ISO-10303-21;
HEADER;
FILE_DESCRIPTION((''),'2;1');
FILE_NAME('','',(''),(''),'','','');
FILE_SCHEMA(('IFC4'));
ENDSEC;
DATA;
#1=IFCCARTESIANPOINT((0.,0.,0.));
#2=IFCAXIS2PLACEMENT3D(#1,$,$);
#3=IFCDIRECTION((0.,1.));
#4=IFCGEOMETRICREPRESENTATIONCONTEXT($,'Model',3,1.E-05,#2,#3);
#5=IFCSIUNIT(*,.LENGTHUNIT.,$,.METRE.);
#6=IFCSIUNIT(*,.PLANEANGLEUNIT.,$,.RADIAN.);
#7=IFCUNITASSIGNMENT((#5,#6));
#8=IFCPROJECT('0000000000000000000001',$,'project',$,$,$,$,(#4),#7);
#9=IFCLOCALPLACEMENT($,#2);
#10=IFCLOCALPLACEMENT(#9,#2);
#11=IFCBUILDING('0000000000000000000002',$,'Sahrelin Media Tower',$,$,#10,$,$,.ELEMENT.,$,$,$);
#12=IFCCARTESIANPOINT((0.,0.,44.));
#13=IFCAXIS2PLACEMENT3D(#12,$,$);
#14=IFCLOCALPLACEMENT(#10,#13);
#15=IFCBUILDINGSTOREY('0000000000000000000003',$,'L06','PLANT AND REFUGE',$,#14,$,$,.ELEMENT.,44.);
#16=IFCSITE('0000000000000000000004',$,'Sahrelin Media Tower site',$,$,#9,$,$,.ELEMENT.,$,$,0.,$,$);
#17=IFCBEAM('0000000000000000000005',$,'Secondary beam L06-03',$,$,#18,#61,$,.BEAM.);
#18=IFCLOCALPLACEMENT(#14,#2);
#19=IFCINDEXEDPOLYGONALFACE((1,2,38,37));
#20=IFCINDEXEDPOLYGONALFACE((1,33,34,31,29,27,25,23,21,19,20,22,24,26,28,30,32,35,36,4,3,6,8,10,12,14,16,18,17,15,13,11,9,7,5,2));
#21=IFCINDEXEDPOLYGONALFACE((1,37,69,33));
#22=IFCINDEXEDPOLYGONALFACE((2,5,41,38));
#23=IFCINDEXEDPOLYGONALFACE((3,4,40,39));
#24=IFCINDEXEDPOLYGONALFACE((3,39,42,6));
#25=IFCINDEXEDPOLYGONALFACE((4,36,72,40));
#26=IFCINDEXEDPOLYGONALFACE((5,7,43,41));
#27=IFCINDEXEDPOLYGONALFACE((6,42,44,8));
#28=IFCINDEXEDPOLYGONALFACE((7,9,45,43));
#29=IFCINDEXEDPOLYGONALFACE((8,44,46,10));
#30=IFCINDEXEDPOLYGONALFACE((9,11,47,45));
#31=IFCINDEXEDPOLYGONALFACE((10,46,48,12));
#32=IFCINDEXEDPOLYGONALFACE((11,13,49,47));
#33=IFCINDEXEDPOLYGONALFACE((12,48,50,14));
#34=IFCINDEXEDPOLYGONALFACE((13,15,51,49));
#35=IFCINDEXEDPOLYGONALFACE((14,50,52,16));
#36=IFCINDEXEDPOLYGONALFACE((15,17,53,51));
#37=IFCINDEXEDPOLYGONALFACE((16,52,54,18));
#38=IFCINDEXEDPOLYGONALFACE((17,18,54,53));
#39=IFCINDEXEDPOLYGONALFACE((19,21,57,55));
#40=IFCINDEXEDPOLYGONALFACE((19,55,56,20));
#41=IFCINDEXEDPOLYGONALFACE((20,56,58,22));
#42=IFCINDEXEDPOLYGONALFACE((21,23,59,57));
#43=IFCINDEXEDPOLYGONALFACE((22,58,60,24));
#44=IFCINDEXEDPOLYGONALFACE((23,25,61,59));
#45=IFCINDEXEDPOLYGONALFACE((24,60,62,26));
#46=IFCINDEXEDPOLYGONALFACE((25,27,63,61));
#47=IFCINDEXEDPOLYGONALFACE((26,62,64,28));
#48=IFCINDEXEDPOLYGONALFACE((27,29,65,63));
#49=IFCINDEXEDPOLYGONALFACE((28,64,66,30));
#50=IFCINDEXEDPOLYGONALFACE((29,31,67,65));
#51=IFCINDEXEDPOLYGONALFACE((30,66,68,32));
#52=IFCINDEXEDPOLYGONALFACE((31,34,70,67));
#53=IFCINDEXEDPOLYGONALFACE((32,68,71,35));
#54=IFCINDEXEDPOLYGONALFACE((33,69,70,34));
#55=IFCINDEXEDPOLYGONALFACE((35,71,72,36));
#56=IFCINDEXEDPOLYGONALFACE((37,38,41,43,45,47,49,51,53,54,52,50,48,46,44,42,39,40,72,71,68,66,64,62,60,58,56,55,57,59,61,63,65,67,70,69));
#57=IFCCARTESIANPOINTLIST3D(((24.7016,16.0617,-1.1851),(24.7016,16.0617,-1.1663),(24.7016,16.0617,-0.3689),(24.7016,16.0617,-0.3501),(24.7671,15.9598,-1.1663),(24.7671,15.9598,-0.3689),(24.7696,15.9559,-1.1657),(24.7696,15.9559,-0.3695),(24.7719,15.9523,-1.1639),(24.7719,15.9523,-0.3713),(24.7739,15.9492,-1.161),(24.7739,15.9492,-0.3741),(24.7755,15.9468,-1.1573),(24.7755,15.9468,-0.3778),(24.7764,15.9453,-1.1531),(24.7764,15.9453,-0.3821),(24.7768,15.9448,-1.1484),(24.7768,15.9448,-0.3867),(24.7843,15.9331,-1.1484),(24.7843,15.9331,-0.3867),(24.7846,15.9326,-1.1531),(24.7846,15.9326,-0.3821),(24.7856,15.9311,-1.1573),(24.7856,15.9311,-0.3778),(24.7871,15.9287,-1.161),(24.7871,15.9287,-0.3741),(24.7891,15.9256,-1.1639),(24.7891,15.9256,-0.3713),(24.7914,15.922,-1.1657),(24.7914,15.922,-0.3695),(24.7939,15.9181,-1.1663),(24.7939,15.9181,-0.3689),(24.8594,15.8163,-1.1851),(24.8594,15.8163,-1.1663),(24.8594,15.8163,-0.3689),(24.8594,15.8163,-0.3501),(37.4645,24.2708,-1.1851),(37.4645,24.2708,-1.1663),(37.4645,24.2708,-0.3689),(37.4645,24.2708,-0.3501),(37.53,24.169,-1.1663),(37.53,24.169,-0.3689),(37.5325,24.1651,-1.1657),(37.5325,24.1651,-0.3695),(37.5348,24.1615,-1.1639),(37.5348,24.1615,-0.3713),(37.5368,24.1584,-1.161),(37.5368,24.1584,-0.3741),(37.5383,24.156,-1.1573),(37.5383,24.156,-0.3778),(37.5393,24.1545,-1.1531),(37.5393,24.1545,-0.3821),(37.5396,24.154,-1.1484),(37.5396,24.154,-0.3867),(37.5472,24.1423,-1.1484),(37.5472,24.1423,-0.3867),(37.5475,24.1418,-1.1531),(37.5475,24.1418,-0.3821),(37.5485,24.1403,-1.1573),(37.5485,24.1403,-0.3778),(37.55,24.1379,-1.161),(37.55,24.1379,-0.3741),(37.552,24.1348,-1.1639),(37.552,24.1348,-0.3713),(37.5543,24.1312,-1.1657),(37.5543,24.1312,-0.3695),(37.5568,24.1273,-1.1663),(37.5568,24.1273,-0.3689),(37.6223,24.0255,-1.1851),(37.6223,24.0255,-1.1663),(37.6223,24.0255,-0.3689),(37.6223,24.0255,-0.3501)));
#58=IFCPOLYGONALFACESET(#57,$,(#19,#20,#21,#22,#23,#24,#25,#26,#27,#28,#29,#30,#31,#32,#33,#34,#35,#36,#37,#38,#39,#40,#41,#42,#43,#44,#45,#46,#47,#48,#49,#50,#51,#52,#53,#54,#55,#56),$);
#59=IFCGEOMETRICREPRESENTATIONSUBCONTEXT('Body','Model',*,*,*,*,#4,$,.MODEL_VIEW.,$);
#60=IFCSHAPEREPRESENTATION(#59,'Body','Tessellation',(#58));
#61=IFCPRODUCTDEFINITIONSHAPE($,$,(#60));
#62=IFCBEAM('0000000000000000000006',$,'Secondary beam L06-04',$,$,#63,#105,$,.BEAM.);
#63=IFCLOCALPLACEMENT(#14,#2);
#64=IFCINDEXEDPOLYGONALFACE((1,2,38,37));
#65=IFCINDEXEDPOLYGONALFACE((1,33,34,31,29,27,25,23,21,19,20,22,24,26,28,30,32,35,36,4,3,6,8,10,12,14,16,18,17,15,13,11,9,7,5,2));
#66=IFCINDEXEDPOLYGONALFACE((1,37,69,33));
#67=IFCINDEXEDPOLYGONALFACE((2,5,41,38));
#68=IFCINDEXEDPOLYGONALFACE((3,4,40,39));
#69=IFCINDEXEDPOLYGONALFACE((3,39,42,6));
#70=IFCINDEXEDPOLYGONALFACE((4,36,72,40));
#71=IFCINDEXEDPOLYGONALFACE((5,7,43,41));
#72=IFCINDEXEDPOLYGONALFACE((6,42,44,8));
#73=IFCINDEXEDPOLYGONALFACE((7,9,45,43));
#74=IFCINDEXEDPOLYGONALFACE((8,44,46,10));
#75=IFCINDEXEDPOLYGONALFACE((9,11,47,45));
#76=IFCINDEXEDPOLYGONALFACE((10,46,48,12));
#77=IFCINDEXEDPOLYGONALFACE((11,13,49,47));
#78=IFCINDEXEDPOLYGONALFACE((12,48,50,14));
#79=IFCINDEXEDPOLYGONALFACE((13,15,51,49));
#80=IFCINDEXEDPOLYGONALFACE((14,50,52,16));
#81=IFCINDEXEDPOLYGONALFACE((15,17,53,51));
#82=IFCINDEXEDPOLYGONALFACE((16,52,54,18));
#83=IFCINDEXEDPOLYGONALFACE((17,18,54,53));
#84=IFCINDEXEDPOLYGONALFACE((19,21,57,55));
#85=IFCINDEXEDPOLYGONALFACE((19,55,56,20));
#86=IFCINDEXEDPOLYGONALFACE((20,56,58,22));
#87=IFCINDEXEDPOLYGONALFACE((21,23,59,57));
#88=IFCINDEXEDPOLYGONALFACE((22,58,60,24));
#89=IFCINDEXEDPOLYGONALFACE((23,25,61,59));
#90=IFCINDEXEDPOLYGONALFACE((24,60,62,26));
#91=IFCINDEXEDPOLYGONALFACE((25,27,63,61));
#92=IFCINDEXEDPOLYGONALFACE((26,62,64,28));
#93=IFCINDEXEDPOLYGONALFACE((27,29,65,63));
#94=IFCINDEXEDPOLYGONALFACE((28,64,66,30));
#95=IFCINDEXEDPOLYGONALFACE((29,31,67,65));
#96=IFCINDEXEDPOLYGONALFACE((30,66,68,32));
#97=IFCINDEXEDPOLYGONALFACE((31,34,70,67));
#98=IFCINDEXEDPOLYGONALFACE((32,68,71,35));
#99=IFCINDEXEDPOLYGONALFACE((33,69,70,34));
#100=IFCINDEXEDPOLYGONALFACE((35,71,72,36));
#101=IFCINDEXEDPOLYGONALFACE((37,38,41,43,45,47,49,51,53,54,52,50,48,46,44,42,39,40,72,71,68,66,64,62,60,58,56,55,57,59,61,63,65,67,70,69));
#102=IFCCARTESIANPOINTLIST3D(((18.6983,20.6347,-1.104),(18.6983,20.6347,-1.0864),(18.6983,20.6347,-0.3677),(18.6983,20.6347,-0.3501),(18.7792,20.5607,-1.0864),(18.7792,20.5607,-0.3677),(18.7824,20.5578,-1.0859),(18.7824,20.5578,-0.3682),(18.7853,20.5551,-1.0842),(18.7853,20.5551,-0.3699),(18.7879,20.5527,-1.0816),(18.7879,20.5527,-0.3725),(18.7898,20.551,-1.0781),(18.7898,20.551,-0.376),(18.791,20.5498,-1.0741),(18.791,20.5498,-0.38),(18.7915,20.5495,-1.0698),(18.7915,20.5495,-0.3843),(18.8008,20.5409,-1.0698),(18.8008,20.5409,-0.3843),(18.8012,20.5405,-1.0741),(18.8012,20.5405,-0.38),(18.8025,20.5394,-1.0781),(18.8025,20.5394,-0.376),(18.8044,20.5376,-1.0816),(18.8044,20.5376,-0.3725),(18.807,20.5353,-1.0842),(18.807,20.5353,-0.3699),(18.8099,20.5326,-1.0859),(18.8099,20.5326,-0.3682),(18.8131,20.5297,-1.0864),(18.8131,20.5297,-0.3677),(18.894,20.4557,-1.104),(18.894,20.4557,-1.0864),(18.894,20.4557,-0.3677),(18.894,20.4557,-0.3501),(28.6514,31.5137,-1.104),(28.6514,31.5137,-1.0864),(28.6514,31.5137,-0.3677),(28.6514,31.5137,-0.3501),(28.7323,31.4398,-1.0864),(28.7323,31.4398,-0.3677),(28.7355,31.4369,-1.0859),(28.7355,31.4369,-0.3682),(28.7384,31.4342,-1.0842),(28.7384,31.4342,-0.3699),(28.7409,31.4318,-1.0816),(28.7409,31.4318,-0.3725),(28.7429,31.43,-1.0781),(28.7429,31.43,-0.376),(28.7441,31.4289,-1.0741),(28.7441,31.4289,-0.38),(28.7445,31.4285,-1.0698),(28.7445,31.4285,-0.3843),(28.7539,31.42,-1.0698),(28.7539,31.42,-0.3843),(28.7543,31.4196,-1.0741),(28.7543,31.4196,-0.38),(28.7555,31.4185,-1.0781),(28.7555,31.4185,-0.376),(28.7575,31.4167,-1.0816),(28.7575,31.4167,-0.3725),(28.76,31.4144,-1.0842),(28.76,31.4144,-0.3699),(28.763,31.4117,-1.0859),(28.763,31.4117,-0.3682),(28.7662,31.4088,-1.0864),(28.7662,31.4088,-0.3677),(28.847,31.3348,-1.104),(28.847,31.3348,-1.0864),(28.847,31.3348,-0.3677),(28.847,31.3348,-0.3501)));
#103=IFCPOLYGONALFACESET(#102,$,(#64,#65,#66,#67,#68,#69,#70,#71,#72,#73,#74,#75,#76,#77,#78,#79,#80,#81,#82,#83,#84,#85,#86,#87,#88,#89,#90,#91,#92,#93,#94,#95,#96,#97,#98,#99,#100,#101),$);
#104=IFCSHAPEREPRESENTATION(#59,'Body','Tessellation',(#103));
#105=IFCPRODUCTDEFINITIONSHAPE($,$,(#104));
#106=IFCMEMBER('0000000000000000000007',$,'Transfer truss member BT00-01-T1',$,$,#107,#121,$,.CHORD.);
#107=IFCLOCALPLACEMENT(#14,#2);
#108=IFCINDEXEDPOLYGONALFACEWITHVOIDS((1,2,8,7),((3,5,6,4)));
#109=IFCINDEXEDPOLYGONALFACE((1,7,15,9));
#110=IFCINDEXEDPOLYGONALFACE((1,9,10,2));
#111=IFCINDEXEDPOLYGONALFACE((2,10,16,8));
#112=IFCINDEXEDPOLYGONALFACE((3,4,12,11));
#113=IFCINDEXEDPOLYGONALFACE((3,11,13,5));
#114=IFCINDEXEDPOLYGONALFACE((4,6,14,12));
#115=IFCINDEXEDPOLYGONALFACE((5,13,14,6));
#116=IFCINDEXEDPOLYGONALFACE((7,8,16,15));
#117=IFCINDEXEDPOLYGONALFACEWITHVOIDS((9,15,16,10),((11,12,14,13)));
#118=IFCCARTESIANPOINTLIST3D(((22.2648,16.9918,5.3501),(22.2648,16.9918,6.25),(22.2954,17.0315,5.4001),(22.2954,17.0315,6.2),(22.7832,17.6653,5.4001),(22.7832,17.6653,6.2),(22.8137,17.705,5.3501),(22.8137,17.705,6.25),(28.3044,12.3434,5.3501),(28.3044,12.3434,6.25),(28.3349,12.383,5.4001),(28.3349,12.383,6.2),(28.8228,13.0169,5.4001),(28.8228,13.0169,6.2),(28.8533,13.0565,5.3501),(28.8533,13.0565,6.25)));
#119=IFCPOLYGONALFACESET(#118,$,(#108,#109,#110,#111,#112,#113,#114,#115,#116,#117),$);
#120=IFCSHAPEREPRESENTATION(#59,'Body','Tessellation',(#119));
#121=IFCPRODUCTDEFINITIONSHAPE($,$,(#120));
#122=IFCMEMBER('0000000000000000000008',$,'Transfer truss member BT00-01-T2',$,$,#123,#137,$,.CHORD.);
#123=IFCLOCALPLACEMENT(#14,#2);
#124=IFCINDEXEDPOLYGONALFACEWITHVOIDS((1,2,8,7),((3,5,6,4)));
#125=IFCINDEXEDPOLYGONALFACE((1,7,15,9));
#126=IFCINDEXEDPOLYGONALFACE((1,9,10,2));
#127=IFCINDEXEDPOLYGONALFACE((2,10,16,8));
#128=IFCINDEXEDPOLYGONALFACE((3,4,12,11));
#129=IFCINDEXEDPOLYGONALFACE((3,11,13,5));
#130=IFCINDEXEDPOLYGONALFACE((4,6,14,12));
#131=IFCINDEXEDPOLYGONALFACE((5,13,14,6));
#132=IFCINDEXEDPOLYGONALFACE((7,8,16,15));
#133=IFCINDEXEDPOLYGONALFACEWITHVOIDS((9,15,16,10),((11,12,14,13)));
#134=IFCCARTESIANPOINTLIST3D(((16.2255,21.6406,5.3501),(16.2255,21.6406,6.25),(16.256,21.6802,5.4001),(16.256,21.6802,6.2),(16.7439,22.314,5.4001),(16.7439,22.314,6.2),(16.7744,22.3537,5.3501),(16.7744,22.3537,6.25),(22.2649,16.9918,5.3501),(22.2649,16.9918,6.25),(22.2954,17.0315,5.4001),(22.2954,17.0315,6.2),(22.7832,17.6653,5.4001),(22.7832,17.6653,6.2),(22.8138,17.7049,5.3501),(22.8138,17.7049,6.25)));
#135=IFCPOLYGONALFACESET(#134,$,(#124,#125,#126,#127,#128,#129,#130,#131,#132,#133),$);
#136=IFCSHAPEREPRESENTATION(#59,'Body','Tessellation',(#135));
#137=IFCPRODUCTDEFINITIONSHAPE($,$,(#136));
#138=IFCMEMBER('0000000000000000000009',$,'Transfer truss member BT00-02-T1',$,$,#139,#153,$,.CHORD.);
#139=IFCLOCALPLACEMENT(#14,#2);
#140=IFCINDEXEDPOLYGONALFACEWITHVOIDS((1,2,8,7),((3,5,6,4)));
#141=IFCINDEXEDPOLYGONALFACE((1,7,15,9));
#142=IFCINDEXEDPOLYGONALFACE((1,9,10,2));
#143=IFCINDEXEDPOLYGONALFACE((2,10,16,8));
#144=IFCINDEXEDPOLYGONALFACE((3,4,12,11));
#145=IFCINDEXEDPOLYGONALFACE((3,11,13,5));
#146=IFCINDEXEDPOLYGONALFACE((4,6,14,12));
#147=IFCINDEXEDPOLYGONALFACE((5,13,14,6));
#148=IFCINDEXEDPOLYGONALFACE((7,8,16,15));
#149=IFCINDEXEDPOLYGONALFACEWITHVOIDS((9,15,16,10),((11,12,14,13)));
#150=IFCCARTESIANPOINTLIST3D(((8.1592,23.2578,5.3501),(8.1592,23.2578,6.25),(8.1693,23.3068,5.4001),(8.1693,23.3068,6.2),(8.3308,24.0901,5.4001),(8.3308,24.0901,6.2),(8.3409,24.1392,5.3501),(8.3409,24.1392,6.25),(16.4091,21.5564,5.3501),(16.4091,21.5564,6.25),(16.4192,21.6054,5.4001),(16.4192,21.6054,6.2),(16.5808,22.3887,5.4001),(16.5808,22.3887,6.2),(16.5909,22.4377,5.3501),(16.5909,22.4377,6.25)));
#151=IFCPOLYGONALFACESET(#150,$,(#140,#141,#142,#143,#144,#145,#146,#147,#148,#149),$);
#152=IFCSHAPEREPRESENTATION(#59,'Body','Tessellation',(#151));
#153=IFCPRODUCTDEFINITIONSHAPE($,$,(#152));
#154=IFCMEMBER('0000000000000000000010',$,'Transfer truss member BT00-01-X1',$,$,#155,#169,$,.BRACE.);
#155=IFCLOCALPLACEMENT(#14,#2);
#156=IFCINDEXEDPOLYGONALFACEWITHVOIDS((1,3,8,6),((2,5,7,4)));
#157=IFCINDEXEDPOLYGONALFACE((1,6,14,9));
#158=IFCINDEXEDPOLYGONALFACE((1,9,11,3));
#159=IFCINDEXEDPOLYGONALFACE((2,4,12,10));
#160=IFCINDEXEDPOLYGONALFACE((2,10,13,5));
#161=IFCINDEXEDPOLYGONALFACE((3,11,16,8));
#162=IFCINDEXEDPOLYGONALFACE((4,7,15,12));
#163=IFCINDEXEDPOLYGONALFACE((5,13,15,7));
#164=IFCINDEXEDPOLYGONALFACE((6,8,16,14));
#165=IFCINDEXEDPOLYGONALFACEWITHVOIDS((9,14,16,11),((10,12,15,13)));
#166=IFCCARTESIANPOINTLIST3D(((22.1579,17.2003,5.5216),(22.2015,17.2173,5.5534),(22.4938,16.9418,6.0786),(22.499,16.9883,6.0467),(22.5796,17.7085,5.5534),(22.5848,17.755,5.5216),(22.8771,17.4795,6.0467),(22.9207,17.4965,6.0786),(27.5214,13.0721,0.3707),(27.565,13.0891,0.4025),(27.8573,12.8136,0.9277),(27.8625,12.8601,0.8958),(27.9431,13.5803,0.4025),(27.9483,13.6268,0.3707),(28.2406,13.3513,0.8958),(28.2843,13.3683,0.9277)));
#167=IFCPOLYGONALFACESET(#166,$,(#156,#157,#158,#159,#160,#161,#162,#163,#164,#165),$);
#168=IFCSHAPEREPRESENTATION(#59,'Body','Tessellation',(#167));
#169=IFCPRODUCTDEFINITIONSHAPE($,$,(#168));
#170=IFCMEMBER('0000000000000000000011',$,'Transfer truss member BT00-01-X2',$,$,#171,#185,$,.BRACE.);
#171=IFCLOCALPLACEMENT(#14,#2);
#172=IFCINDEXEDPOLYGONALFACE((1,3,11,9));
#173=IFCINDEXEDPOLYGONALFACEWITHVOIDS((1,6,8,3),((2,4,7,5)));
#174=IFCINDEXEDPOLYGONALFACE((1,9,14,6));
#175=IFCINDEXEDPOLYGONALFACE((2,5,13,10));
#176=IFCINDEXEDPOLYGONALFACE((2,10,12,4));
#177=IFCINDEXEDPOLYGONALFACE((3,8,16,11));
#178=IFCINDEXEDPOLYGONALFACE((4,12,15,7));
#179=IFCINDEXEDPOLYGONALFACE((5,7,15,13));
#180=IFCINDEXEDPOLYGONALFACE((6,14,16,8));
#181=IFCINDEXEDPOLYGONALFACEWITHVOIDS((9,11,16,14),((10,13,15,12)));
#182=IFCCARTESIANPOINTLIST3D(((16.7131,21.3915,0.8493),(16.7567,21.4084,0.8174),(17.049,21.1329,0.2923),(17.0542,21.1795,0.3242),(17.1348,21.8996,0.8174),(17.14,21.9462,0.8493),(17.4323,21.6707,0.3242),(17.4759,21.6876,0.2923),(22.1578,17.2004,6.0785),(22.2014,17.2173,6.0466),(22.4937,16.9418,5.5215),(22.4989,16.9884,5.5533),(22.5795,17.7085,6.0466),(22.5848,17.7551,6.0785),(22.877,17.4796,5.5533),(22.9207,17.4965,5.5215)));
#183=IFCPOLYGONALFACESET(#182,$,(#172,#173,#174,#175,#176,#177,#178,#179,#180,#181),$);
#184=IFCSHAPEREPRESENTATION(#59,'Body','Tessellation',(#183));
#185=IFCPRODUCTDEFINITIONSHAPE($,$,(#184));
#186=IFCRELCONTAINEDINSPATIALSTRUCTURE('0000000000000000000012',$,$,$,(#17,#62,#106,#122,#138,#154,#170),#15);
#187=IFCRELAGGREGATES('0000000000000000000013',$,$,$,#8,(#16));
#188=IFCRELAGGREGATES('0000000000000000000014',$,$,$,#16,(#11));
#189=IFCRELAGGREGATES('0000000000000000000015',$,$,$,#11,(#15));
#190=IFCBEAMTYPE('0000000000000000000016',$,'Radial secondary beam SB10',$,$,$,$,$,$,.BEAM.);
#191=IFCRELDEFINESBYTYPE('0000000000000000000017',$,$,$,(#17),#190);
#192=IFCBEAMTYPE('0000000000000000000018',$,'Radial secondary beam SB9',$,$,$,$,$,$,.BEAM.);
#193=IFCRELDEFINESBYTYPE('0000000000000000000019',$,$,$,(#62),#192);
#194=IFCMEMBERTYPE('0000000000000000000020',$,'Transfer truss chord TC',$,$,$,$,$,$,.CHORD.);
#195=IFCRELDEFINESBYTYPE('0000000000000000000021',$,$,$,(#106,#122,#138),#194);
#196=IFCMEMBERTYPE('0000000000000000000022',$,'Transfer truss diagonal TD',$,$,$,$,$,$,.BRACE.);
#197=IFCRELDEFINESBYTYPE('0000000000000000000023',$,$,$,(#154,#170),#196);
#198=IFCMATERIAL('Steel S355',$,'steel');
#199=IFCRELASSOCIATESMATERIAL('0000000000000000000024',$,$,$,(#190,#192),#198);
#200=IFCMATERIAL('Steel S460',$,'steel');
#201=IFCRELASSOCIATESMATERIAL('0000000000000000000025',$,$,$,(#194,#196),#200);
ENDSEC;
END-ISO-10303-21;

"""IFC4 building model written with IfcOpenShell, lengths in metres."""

from ifc_helpers import new_model, si_unit, direction, frame, origin, origin_2d, place, context, subcontext, project, spatial, hollow_rectangle, i_section, extrude, material, material_profile, profile_set, type_object, element, save


model = new_model("IFC4")

# Units and contexts
model_context = context("Model", 3, precision=1e-05, world=origin(), true_north=direction((0.0, 1.0)))
body_context = subcontext(model_context, "Body", "Model", "MODEL_VIEW")
ifc_project = project(units=[si_unit("LENGTHUNIT", "METRE"), si_unit("PLANEANGLEUNIT", "RADIAN")], contexts=[model_context])

# Site, building, storey
site_placement = place(None, origin())
site = spatial("IfcSite", under=ifc_project, at=site_placement, Name="Sahrelin Media Tower site", CompositionType="ELEMENT", RefElevation=0.0)
building_placement = place(site_placement, origin())
building = spatial("IfcBuilding", under=site, at=building_placement, Name="Sahrelin Media Tower", CompositionType="ELEMENT")
storey_placement = place(building_placement, frame((0.0, 0.0, 44.0)))
storey = spatial("IfcBuildingStorey", under=building, at=storey_placement, Name="L06", Description="PLANT AND REFUGE", CompositionType="ELEMENT", Elevation=44.0)

# Shared definitions
ifc_material_1 = material(Name="Steel S460", Category="steel")

# Beams
ifc_material_2 = material(Name="Steel S355", Category="steel")
ifc_material_profile_1 = material_profile(ifc_material_2, i_section(OverallWidth=0.2917, OverallDepth=0.835, WebThickness=0.0139, FlangeThickness=0.0188, FilletRadius=0.0178, at=origin_2d()), Name="UB 838x292x176")
ifc_profile_set_1 = profile_set([ifc_material_profile_1], Name="Steel S355")
beam_type_1 = type_object("IfcBeamType", Name="Radial secondary beam SB10", PredefinedType="BEAM", material=ifc_profile_set_1)
beam_1_placement = place(storey_placement, frame((24.7805, 15.939, -0.7676), z_axis=(0.841044, 0.540967, 0.0), x_axis=(-0.540967, 0.841044, 0.0)))
element("IfcBeam", 1, at=beam_1_placement, inside=storey, type_object=beam_type_1, Name="Secondary beam L06-03", PredefinedType="BEAM", context=body_context, shape_type="SweptSolid", body=[
    extrude(i_section(OverallWidth=0.2917, OverallDepth=0.835, WebThickness=0.0139, FlangeThickness=0.0188, FilletRadius=0.0178, at=origin_2d()), origin(), (0.0, 0.0, 1.0), 15.175),
])
ifc_material_profile_2 = material_profile(ifc_material_2, i_section(OverallWidth=0.2651, OverallDepth=0.7539, WebThickness=0.0127, FlangeThickness=0.0176, FilletRadius=0.0166, at=origin_2d()), Name="UB 762x267x147")
ifc_profile_set_2 = profile_set([ifc_material_profile_2], Name="Steel S355")
beam_type_2 = type_object("IfcBeamType", Name="Radial secondary beam SB9", PredefinedType="BEAM", material=ifc_profile_set_2)
beam_2_placement = place(storey_placement, frame((18.7961, 20.5452, -0.7271), z_axis=(0.675008, 0.73781, 0.0), x_axis=(-0.73781, 0.675008, 0.0)))
element("IfcBeam", 2, at=beam_2_placement, inside=storey, type_object=beam_type_2, Name="Secondary beam L06-04", PredefinedType="BEAM", context=body_context, shape_type="SweptSolid", body=[
    extrude(i_section(OverallWidth=0.2651, OverallDepth=0.7539, WebThickness=0.0127, FlangeThickness=0.0176, FilletRadius=0.0166, at=origin_2d()), origin(), (0.0, 0.0, 1.0), 14.7451),
])

# Members
ifc_material_profile_3 = material_profile(ifc_material_1, hollow_rectangle(XDim=0.8999, YDim=0.8999, WallThickness=0.05, at=origin_2d()), Name="Transfer truss chord TC")
ifc_profile_set_3 = profile_set([ifc_material_profile_3], Name="Steel S460")
member_type_1 = type_object("IfcMemberType", Name="Transfer truss chord TC", PredefinedType="CHORD", material=ifc_profile_set_3)
for number, where, z_axis, x_axis, name in (
    (3, (28.5789, 12.7, 5.8), (-0.792457, 0.609927, 0.0), (-0.609927, -0.792457, 0.0), "Transfer truss member BT00-01-T1"),
    (4, (22.5393, 17.3484, 5.8), (-0.79243, 0.609963, 0.0), (-0.609963, -0.79243, 0.0), "Transfer truss member BT00-01-T2"),
):
    element("IfcMember", number, at=place(storey_placement, frame(where, z_axis=z_axis, x_axis=x_axis)), inside=storey, type_object=member_type_1, Name=name, PredefinedType="CHORD", context=body_context, shape_type="SweptSolid", body=[
        extrude(hollow_rectangle(XDim=0.8999, YDim=0.8999, WallThickness=0.05, at=origin_2d()), origin(), (0.0, 0.0, 1.0), 7.6213),
    ])
member_1_placement = place(storey_placement, frame((16.5, 21.9971, 5.8), z_axis=(-0.979389, 0.201982, 0.0), x_axis=(-0.201982, -0.979389, 0.0)))
element("IfcMember", 5, at=member_1_placement, inside=storey, type_object=member_type_1, Name="Transfer truss member BT00-02-T1", PredefinedType="CHORD", context=body_context, shape_type="SweptSolid", body=[
    extrude(hollow_rectangle(XDim=0.8999, YDim=0.8999, WallThickness=0.05, at=origin_2d()), origin(), (0.0, 0.0, 1.0), 8.4236),
])
ifc_material_profile_4 = material_profile(ifc_material_1, hollow_rectangle(XDim=0.7, YDim=0.7, WallThickness=0.04, at=origin_2d()), Name="Transfer truss diagonal TD")
ifc_profile_set_4 = profile_set([ifc_material_profile_4], Name="Steel S460")
member_type_2 = type_object("IfcMemberType", Name="Transfer truss diagonal TD", PredefinedType="BRACE", material=ifc_profile_set_4)
member_2_placement = place(storey_placement, frame((27.9028, 13.2202, 0.6492), z_axis=(-0.630607, 0.485363, 0.605605), x_axis=(-0.609932, -0.792454, 0.0)))
element("IfcMember", 6, at=member_2_placement, inside=storey, type_object=member_type_2, Name="Transfer truss member BT00-01-X1", PredefinedType="BRACE", context=body_context, shape_type="SweptSolid", body=[
    extrude(hollow_rectangle(XDim=0.7, YDim=0.7, WallThickness=0.04, at=origin_2d()), origin(), (0.0, 0.0, 1.0), 8.5054),
])
member_3_placement = place(storey_placement, frame((17.0945, 21.5396, 0.5708), z_axis=(0.630579, -0.485389, 0.605613), x_axis=(0.60997, 0.792424, 0.0)))
element("IfcMember", 7, at=member_3_placement, inside=storey, type_object=member_type_2, Name="Transfer truss member BT00-01-X2", PredefinedType="BRACE", context=body_context, shape_type="SweptSolid", body=[
    extrude(hollow_rectangle(XDim=0.7, YDim=0.7, WallThickness=0.04, at=origin_2d()), origin(), (0.0, 0.0, 1.0), 8.6345),
])

save(model, "model.ifc")
